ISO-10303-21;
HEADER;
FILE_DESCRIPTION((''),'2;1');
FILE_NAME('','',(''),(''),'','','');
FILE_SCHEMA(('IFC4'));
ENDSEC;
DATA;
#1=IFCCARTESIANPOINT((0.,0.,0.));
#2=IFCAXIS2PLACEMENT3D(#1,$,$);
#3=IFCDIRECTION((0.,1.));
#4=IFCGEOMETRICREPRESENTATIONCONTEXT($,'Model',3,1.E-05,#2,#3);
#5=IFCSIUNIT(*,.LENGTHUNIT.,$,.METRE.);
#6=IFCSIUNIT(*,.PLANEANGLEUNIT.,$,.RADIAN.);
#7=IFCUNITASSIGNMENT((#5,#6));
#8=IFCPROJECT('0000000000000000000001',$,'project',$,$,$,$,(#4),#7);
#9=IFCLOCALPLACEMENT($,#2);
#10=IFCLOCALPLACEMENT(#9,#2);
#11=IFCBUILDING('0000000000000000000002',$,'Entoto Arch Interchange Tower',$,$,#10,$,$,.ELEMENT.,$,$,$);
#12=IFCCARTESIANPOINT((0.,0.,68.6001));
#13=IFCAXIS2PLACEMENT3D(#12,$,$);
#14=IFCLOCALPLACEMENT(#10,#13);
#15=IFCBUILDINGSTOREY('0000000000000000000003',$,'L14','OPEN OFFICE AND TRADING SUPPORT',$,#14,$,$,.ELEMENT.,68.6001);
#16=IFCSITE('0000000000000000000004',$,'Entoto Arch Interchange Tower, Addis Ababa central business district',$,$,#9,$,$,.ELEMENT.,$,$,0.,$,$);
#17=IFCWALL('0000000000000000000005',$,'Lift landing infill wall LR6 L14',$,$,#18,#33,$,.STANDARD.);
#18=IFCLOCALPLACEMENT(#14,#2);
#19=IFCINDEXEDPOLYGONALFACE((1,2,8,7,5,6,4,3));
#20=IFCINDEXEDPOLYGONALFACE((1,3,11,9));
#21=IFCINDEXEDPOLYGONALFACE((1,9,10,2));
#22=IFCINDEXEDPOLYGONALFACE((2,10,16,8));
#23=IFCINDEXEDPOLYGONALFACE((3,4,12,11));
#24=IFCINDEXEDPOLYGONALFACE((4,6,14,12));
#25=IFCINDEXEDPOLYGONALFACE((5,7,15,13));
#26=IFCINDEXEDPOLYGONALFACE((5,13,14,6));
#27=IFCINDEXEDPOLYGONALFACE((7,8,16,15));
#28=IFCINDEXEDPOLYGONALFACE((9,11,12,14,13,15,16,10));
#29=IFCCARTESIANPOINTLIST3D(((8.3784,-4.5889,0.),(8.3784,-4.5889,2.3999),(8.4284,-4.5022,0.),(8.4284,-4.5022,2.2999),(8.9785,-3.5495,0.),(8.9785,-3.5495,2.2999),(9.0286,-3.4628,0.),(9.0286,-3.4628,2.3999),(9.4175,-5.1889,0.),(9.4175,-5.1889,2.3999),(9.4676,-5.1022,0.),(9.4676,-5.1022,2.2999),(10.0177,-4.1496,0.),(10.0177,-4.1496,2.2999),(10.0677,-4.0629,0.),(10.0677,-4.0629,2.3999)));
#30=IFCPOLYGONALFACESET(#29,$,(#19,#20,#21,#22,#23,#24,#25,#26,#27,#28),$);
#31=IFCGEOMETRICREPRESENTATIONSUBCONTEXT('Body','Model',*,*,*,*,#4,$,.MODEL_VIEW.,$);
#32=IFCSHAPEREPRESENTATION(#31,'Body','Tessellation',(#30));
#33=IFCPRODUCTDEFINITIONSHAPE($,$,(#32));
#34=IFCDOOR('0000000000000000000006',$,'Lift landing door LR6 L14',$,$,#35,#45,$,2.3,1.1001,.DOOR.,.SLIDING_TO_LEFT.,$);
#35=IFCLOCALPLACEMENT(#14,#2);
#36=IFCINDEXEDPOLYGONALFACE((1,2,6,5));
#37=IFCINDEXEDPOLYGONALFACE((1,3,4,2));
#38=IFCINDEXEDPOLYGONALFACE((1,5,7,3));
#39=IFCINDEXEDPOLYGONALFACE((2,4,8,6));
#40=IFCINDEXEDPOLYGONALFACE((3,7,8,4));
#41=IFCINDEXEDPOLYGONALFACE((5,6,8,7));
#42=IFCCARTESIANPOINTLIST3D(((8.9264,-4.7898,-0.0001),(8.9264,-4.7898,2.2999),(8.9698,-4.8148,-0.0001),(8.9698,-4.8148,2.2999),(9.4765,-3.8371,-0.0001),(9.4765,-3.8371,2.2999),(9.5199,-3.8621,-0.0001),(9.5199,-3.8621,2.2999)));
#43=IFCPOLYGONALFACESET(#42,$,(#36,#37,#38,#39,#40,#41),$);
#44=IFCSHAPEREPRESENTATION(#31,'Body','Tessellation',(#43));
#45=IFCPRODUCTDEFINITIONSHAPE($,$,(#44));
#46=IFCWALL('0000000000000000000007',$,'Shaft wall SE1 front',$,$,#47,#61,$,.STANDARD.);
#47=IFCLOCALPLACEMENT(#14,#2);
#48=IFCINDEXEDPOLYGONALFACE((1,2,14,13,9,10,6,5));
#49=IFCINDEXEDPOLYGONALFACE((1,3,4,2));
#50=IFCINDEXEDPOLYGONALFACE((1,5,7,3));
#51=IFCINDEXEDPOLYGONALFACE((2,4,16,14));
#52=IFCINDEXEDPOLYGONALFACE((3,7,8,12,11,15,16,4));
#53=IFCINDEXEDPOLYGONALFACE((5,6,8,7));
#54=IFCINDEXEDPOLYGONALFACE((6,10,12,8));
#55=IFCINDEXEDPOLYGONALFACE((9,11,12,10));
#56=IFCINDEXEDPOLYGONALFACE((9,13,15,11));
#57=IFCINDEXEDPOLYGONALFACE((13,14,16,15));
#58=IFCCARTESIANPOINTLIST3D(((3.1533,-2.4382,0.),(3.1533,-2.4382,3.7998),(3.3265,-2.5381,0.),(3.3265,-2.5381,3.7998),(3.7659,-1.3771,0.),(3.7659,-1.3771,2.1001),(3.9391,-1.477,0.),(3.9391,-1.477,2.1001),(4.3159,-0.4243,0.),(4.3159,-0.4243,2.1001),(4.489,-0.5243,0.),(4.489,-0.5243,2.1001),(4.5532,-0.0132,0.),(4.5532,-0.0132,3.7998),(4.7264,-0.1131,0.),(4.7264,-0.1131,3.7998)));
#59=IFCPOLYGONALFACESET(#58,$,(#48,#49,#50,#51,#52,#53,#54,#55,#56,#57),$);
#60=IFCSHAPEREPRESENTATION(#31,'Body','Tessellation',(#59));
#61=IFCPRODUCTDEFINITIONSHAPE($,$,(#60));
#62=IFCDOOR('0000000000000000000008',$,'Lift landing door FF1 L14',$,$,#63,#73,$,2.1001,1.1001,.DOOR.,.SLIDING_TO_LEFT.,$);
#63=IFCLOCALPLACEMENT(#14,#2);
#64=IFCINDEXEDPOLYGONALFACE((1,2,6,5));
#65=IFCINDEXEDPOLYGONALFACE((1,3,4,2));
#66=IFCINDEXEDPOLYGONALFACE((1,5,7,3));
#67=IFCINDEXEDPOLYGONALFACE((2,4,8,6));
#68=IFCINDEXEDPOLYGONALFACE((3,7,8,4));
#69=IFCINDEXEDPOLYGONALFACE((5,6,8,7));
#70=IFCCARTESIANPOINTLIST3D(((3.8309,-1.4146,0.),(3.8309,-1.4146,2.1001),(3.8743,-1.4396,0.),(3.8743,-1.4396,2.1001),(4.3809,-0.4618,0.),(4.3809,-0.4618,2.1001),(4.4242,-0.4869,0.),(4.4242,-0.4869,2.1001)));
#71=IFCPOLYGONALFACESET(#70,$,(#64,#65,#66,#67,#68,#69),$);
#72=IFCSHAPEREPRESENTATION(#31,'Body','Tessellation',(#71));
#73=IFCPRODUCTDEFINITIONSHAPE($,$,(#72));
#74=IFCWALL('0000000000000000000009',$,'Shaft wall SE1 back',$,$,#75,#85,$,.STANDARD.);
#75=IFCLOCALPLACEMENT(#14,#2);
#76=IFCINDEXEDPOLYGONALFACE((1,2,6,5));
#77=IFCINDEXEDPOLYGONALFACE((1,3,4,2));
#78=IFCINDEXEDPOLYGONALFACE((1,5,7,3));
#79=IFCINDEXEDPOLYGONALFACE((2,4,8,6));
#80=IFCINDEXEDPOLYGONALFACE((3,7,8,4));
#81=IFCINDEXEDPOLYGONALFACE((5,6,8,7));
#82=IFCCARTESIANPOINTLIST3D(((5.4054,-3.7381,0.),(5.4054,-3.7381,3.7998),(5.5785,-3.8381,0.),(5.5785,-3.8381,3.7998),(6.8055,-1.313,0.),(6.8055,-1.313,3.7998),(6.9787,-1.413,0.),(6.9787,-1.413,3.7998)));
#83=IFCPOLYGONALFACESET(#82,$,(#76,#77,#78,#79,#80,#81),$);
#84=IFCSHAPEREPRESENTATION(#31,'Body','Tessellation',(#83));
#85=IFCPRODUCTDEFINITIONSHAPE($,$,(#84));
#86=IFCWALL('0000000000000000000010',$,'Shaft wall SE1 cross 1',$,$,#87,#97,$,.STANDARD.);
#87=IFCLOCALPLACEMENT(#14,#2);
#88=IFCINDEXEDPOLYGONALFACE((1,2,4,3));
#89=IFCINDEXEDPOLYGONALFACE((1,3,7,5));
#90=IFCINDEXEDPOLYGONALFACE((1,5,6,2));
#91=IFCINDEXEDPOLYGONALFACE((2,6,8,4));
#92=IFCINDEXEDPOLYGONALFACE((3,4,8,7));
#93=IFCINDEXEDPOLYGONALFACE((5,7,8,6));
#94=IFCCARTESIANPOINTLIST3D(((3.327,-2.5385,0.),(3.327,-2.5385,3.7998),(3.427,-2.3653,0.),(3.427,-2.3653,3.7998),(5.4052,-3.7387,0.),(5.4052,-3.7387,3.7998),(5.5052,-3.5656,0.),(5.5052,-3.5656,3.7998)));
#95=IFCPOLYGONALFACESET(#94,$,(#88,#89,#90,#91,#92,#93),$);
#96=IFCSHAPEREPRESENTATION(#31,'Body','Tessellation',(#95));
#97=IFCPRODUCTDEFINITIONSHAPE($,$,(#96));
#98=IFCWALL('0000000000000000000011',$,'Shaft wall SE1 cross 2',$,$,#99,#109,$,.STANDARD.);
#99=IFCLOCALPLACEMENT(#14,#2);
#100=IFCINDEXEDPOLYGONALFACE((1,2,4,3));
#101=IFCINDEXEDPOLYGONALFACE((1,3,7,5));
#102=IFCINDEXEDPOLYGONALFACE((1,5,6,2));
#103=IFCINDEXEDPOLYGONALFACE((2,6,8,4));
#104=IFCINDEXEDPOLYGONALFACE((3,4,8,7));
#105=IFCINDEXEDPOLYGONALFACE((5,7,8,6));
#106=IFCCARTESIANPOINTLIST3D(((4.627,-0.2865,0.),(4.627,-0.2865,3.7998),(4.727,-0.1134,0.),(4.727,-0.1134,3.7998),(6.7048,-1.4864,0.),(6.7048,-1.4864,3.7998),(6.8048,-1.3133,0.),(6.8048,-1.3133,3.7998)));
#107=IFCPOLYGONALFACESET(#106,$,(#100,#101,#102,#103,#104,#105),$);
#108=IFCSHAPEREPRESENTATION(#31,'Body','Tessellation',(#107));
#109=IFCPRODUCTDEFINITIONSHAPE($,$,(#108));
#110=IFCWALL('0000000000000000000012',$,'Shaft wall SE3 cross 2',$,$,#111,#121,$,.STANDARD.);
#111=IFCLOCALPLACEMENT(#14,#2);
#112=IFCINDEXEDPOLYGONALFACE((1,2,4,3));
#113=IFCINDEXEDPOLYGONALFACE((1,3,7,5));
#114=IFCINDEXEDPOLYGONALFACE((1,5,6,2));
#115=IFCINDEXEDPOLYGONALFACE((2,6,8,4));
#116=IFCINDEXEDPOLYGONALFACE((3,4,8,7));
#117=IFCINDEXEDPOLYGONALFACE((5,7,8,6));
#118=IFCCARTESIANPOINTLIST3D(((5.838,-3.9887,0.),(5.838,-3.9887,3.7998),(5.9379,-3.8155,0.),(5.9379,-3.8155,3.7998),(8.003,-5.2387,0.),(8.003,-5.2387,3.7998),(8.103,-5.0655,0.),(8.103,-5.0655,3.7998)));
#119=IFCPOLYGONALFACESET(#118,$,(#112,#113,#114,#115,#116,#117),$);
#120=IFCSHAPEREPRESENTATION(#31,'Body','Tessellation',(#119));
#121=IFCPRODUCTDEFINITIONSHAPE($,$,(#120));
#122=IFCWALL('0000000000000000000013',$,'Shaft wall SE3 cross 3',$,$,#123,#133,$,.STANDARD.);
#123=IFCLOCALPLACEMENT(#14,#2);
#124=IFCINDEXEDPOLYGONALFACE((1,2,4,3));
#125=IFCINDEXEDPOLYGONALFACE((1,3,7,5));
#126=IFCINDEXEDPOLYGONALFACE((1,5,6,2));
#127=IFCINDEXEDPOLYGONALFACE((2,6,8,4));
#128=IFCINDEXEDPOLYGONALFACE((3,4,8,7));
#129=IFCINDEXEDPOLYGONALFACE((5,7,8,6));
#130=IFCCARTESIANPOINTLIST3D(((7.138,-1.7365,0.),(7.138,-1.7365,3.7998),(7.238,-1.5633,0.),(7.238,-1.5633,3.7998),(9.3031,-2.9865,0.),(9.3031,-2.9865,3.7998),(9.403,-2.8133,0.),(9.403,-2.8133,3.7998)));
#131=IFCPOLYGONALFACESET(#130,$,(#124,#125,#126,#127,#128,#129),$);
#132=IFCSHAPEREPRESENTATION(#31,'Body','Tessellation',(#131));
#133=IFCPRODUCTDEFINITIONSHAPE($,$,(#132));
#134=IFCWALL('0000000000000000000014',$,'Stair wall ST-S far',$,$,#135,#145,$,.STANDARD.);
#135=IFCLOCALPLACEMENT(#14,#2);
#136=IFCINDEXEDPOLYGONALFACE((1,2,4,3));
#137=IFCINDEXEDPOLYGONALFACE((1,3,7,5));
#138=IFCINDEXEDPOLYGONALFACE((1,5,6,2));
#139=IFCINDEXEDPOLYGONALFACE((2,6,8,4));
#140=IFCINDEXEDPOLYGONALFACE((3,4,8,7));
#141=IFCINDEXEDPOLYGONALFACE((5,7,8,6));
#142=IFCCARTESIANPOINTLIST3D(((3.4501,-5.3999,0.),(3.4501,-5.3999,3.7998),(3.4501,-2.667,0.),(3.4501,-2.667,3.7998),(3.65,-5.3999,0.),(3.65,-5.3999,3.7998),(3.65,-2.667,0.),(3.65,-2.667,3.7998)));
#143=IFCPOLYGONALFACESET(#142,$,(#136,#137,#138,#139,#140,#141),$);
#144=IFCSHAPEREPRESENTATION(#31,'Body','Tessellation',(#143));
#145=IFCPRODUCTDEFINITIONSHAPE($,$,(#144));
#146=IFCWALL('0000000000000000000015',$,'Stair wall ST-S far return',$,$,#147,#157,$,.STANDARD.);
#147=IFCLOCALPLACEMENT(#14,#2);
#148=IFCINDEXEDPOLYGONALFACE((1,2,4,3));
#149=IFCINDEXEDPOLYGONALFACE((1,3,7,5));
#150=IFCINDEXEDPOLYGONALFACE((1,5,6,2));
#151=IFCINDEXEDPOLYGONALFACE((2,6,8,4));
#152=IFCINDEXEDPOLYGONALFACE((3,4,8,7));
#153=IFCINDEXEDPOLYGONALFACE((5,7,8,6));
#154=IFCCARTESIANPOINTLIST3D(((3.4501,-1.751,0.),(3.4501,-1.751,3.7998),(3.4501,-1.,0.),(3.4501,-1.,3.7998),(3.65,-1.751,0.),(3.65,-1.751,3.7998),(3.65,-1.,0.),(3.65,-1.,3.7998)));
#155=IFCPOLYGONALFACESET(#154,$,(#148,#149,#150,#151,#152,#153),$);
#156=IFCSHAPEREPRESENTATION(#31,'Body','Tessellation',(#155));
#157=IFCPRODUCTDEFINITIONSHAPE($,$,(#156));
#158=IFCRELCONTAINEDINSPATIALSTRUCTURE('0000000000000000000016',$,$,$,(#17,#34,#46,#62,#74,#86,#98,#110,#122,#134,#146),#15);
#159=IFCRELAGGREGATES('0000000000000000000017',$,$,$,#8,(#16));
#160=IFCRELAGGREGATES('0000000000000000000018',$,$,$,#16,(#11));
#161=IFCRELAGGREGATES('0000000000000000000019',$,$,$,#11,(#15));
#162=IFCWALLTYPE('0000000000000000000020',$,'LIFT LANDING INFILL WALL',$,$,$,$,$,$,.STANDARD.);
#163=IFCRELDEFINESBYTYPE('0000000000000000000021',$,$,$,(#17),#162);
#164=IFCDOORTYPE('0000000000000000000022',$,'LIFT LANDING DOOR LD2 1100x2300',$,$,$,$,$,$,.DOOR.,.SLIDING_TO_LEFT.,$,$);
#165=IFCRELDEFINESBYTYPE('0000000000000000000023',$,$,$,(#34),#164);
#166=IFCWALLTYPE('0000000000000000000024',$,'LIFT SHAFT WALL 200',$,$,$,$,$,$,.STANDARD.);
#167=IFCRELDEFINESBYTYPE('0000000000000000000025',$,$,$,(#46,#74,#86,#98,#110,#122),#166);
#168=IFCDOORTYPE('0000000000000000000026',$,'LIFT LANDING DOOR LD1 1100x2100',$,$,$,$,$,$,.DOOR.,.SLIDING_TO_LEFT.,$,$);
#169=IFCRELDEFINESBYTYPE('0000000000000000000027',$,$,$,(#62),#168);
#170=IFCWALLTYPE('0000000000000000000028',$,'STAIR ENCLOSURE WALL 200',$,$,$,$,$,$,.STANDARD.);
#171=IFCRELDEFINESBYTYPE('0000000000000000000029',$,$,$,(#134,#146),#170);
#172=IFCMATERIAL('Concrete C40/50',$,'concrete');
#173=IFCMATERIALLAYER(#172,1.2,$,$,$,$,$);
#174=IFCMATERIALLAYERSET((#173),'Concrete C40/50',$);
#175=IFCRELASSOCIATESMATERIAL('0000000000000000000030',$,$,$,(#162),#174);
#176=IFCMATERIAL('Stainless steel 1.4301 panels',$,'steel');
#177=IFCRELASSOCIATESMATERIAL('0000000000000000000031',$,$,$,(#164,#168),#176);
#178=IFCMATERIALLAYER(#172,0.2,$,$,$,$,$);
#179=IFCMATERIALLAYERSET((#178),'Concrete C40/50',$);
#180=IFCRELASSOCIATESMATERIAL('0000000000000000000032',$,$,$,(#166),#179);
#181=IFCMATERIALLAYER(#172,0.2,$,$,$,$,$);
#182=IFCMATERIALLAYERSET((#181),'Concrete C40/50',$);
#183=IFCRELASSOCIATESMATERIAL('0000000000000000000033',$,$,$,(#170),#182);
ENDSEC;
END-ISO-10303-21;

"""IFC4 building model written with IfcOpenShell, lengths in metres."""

from ifc_helpers import new_model, si_unit, direction, frame, frame_2d, origin, place, context, subcontext, project, spatial, rectangle, extrude, material, layer, layer_set, type_object, element, fill, save


model = new_model("IFC4")

# Units and contexts
model_context = context("Model", 3, precision=1e-05, world=origin(), true_north=direction((0.0, 1.0)))
body_context = subcontext(model_context, "Body", "Model", "MODEL_VIEW")
ifc_project = project(units=[si_unit("LENGTHUNIT", "METRE"), si_unit("PLANEANGLEUNIT", "RADIAN")], contexts=[model_context])

# Site, building, storey
site_placement = place(None, origin())
site = spatial("IfcSite", under=ifc_project, at=site_placement, Name="Entoto Arch Interchange Tower, Addis Ababa central business district", CompositionType="ELEMENT", RefElevation=0.0)
building_placement = place(site_placement, origin())
building = spatial("IfcBuilding", under=site, at=building_placement, Name="Entoto Arch Interchange Tower", CompositionType="ELEMENT")
storey_placement = place(building_placement, frame((0.0, 0.0, 68.6001)))
storey = spatial("IfcBuildingStorey", under=building, at=storey_placement, Name="L14", Description="OPEN OFFICE AND TRADING SUPPORT", CompositionType="ELEMENT", Elevation=68.6001)

# Walls, openings, doors
ifc_material_1 = material(Name="Concrete C40/50", Category="concrete")
ifc_layer_1 = layer(ifc_material_1, 1.2)
ifc_layer_set_1 = layer_set([ifc_layer_1], Name="Concrete C40/50")
wall_type_1 = type_object("IfcWallType", Name="LIFT LANDING INFILL WALL", PredefinedType="STANDARD", material=ifc_layer_set_1)
wall_1_placement = place(storey_placement, frame((8.8979, -4.8889, 0.0), z_axis=(0.0, 0.0, 1.0), x_axis=(0.500037, 0.866004, 0.0)))
wall_1 = element("IfcWall", 1, at=wall_1_placement, inside=storey, type_object=wall_type_1, Name="Lift landing infill wall LR6 L14", PredefinedType="STANDARD", context=body_context, shape_type="SweptSolid", body=[
    extrude(rectangle(XDim=1.3003, YDim=1.2, at=frame_2d((0.6501, 0.0))), origin(), (0.0, 0.0, 1.0), 2.3999),
])
opening_1_placement = place(wall_1_placement, frame((0.1001, 0.0, 0.0)))
opening_1 = element("IfcOpeningElement", 2, at=opening_1_placement, cuts=wall_1, PredefinedType="OPENING", context=body_context, shape_type="SweptSolid", body=[
    extrude(rectangle(XDim=1.1001, YDim=2.3, at=frame_2d((0.55, 1.1499))), frame((0.0, 0.6099, 0.0), z_axis=(0.0, -1.0, 0.0), x_axis=(1.0, 0.0, 0.0)), (0.0, 0.0, 1.0), 1.22),
])
ifc_material_2 = material(Name="Stainless steel 1.4301 panels", Category="steel")
door_type_1 = type_object("IfcDoorType", Name="LIFT LANDING DOOR LD2 1100x2300", OperationType="SLIDING_TO_LEFT", PredefinedType="DOOR", material=ifc_material_2)
door_1_placement = place(opening_1_placement, origin())
door_1 = element("IfcDoor", 3, at=door_1_placement, inside=storey, type_object=door_type_1, Name="Lift landing door LR6 L14", OperationType="SLIDING_TO_LEFT", OverallHeight=2.3, OverallWidth=1.1001, PredefinedType="DOOR", context=body_context, shape_type="SweptSolid", body=[
    extrude(rectangle(XDim=1.1001, YDim=2.3, at=frame_2d((0.55, 1.1499))), frame((0.0, 0.0249, 0.0), z_axis=(0.0, -1.0, 0.0), x_axis=(1.0, 0.0, 0.0)), (0.0, 0.0, 1.0), 0.05),
])
fill(opening_1, door_1)
ifc_layer_2 = layer(ifc_material_1, 0.2)
ifc_layer_set_2 = layer_set([ifc_layer_2], Name="Concrete C40/50")
wall_type_2 = type_object("IfcWallType", Name="LIFT SHAFT WALL 200", PredefinedType="STANDARD", material=ifc_layer_set_2)
wall_2_placement = place(storey_placement, frame((3.24, -2.488, 0.0), z_axis=(0.0, 0.0, 1.0), x_axis=(0.499946, 0.866056, 0.0)))
wall_2 = element("IfcWall", 4, at=wall_2_placement, inside=storey, type_object=wall_type_2, Name="Shaft wall SE1 front", PredefinedType="STANDARD", context=body_context, shape_type="SweptSolid", body=[
    extrude(rectangle(XDim=2.8, YDim=0.2, at=frame_2d((1.3999, 0.0))), origin(), (0.0, 0.0, 1.0), 3.7998),
])
opening_2_placement = place(wall_2_placement, frame((1.2251, 0.0, 0.0)))
opening_2 = element("IfcOpeningElement", 5, at=opening_2_placement, cuts=wall_2, PredefinedType="OPENING", context=body_context, shape_type="SweptSolid", body=[
    extrude(rectangle(XDim=1.1001, YDim=2.1001, at=frame_2d((0.55, 1.05))), frame((0.0, 0.1099, 0.0), z_axis=(0.0, -1.0, 0.0), x_axis=(1.0, 0.0, 0.0)), (0.0, 0.0, 1.0), 0.22),
])
door_type_2 = type_object("IfcDoorType", Name="LIFT LANDING DOOR LD1 1100x2100", OperationType="SLIDING_TO_LEFT", PredefinedType="DOOR", material=ifc_material_2)
door_2_placement = place(opening_2_placement, origin())
door_2 = element("IfcDoor", 6, at=door_2_placement, inside=storey, type_object=door_type_2, Name="Lift landing door FF1 L14", OperationType="SLIDING_TO_LEFT", OverallHeight=2.1001, OverallWidth=1.1001, PredefinedType="DOOR", context=body_context, shape_type="SweptSolid", body=[
    extrude(rectangle(XDim=1.1001, YDim=2.1001, at=frame_2d((0.55, 1.05))), frame((0.0, 0.0249, 0.0), z_axis=(0.0, -1.0, 0.0), x_axis=(1.0, 0.0, 0.0)), (0.0, 0.0, 1.0), 0.05),
])
fill(opening_2, door_2)

# Walls
wall_3_placement = place(storey_placement, frame((5.4919, -3.7881, 0.0), z_axis=(0.0, 0.0, 1.0), x_axis=(0.500012, 0.866019, 0.0)))
element("IfcWall", 7, at=wall_3_placement, inside=storey, type_object=wall_type_2, Name="Shaft wall SE1 back", PredefinedType="STANDARD", context=body_context, shape_type="SweptSolid", body=[
    extrude(rectangle(XDim=2.8003, YDim=0.2, at=frame_2d((1.4001, 0.0))), origin(), (0.0, 0.0, 1.0), 3.7998),
])
wall_4_placement = place(storey_placement, frame((3.377, -2.4519, 0.0), z_axis=(0.0, 0.0, 1.0), x_axis=(0.865955, -0.500122, 0.0)))
element("IfcWall", 8, at=wall_4_placement, inside=storey, type_object=wall_type_2, Name="Shaft wall SE1 cross 1", PredefinedType="STANDARD", context=body_context, shape_type="SweptSolid", body=[
    extrude(rectangle(XDim=2.3999, YDim=0.2, at=frame_2d((1.2, 0.0))), origin(), (0.0, 0.0, 1.0), 3.7998),
])
wall_5_placement = place(storey_placement, frame((4.677, -0.2, 0.0), z_axis=(0.0, 0.0, 1.0), x_axis=(0.865974, -0.500089, 0.0)))
element("IfcWall", 9, at=wall_5_placement, inside=storey, type_object=wall_type_2, Name="Shaft wall SE1 cross 2", PredefinedType="STANDARD", context=body_context, shape_type="SweptSolid", body=[
    extrude(rectangle(XDim=2.3994, YDim=0.2, at=frame_2d((1.1997, 0.0))), origin(), (0.0, 0.0, 1.0), 3.7998),
])
for number, where, z_axis, x_axis, name in (
    (10, (5.8879, -3.9021, 0.0), (0.0, 0.0, 1.0), (0.866023, -0.500004, 0.0), "Shaft wall SE3 cross 2"),
    (11, (7.188, -1.6499, 0.0), (0.0, 0.0, 1.0), (0.866023, -0.500004, 0.0), "Shaft wall SE3 cross 3"),
):
    element("IfcWall", number, at=place(storey_placement, frame(where, z_axis=z_axis, x_axis=x_axis)), inside=storey, type_object=wall_type_2, Name=name, PredefinedType="STANDARD", context=body_context, shape_type="SweptSolid", body=[
        extrude(rectangle(XDim=2.5, YDim=0.2, at=frame_2d((1.25, 0.0))), origin(), (0.0, 0.0, 1.0), 3.7998),
    ])
ifc_layer_3 = layer(ifc_material_1, 0.2)
ifc_layer_set_3 = layer_set([ifc_layer_3], Name="Concrete C40/50")
wall_type_3 = type_object("IfcWallType", Name="STAIR ENCLOSURE WALL 200", PredefinedType="STANDARD", material=ifc_layer_set_3)
wall_6_placement = place(storey_placement, frame((3.55, -2.667, 0.0), z_axis=(0.0, 0.0, 1.0), x_axis=(0.0, -1.0, 0.0)))
element("IfcWall", 12, at=wall_6_placement, inside=storey, type_object=wall_type_3, Name="Stair wall ST-S far", PredefinedType="STANDARD", context=body_context, shape_type="SweptSolid", body=[
    extrude(rectangle(XDim=2.7329, YDim=0.2, at=frame_2d((1.3665, 0.0))), origin(), (0.0, 0.0, 1.0), 3.7998),
])
wall_7_placement = place(storey_placement, frame((3.55, -1.0, 0.0), z_axis=(0.0, 0.0, 1.0), x_axis=(0.0, -1.0, 0.0)))
element("IfcWall", 13, at=wall_7_placement, inside=storey, type_object=wall_type_3, Name="Stair wall ST-S far return", PredefinedType="STANDARD", context=body_context, shape_type="SweptSolid", body=[
    extrude(rectangle(XDim=0.751, YDim=0.2, at=frame_2d((0.3755, 0.0))), origin(), (0.0, 0.0, 1.0), 3.7998),
])

save(model, "model.ifc")
